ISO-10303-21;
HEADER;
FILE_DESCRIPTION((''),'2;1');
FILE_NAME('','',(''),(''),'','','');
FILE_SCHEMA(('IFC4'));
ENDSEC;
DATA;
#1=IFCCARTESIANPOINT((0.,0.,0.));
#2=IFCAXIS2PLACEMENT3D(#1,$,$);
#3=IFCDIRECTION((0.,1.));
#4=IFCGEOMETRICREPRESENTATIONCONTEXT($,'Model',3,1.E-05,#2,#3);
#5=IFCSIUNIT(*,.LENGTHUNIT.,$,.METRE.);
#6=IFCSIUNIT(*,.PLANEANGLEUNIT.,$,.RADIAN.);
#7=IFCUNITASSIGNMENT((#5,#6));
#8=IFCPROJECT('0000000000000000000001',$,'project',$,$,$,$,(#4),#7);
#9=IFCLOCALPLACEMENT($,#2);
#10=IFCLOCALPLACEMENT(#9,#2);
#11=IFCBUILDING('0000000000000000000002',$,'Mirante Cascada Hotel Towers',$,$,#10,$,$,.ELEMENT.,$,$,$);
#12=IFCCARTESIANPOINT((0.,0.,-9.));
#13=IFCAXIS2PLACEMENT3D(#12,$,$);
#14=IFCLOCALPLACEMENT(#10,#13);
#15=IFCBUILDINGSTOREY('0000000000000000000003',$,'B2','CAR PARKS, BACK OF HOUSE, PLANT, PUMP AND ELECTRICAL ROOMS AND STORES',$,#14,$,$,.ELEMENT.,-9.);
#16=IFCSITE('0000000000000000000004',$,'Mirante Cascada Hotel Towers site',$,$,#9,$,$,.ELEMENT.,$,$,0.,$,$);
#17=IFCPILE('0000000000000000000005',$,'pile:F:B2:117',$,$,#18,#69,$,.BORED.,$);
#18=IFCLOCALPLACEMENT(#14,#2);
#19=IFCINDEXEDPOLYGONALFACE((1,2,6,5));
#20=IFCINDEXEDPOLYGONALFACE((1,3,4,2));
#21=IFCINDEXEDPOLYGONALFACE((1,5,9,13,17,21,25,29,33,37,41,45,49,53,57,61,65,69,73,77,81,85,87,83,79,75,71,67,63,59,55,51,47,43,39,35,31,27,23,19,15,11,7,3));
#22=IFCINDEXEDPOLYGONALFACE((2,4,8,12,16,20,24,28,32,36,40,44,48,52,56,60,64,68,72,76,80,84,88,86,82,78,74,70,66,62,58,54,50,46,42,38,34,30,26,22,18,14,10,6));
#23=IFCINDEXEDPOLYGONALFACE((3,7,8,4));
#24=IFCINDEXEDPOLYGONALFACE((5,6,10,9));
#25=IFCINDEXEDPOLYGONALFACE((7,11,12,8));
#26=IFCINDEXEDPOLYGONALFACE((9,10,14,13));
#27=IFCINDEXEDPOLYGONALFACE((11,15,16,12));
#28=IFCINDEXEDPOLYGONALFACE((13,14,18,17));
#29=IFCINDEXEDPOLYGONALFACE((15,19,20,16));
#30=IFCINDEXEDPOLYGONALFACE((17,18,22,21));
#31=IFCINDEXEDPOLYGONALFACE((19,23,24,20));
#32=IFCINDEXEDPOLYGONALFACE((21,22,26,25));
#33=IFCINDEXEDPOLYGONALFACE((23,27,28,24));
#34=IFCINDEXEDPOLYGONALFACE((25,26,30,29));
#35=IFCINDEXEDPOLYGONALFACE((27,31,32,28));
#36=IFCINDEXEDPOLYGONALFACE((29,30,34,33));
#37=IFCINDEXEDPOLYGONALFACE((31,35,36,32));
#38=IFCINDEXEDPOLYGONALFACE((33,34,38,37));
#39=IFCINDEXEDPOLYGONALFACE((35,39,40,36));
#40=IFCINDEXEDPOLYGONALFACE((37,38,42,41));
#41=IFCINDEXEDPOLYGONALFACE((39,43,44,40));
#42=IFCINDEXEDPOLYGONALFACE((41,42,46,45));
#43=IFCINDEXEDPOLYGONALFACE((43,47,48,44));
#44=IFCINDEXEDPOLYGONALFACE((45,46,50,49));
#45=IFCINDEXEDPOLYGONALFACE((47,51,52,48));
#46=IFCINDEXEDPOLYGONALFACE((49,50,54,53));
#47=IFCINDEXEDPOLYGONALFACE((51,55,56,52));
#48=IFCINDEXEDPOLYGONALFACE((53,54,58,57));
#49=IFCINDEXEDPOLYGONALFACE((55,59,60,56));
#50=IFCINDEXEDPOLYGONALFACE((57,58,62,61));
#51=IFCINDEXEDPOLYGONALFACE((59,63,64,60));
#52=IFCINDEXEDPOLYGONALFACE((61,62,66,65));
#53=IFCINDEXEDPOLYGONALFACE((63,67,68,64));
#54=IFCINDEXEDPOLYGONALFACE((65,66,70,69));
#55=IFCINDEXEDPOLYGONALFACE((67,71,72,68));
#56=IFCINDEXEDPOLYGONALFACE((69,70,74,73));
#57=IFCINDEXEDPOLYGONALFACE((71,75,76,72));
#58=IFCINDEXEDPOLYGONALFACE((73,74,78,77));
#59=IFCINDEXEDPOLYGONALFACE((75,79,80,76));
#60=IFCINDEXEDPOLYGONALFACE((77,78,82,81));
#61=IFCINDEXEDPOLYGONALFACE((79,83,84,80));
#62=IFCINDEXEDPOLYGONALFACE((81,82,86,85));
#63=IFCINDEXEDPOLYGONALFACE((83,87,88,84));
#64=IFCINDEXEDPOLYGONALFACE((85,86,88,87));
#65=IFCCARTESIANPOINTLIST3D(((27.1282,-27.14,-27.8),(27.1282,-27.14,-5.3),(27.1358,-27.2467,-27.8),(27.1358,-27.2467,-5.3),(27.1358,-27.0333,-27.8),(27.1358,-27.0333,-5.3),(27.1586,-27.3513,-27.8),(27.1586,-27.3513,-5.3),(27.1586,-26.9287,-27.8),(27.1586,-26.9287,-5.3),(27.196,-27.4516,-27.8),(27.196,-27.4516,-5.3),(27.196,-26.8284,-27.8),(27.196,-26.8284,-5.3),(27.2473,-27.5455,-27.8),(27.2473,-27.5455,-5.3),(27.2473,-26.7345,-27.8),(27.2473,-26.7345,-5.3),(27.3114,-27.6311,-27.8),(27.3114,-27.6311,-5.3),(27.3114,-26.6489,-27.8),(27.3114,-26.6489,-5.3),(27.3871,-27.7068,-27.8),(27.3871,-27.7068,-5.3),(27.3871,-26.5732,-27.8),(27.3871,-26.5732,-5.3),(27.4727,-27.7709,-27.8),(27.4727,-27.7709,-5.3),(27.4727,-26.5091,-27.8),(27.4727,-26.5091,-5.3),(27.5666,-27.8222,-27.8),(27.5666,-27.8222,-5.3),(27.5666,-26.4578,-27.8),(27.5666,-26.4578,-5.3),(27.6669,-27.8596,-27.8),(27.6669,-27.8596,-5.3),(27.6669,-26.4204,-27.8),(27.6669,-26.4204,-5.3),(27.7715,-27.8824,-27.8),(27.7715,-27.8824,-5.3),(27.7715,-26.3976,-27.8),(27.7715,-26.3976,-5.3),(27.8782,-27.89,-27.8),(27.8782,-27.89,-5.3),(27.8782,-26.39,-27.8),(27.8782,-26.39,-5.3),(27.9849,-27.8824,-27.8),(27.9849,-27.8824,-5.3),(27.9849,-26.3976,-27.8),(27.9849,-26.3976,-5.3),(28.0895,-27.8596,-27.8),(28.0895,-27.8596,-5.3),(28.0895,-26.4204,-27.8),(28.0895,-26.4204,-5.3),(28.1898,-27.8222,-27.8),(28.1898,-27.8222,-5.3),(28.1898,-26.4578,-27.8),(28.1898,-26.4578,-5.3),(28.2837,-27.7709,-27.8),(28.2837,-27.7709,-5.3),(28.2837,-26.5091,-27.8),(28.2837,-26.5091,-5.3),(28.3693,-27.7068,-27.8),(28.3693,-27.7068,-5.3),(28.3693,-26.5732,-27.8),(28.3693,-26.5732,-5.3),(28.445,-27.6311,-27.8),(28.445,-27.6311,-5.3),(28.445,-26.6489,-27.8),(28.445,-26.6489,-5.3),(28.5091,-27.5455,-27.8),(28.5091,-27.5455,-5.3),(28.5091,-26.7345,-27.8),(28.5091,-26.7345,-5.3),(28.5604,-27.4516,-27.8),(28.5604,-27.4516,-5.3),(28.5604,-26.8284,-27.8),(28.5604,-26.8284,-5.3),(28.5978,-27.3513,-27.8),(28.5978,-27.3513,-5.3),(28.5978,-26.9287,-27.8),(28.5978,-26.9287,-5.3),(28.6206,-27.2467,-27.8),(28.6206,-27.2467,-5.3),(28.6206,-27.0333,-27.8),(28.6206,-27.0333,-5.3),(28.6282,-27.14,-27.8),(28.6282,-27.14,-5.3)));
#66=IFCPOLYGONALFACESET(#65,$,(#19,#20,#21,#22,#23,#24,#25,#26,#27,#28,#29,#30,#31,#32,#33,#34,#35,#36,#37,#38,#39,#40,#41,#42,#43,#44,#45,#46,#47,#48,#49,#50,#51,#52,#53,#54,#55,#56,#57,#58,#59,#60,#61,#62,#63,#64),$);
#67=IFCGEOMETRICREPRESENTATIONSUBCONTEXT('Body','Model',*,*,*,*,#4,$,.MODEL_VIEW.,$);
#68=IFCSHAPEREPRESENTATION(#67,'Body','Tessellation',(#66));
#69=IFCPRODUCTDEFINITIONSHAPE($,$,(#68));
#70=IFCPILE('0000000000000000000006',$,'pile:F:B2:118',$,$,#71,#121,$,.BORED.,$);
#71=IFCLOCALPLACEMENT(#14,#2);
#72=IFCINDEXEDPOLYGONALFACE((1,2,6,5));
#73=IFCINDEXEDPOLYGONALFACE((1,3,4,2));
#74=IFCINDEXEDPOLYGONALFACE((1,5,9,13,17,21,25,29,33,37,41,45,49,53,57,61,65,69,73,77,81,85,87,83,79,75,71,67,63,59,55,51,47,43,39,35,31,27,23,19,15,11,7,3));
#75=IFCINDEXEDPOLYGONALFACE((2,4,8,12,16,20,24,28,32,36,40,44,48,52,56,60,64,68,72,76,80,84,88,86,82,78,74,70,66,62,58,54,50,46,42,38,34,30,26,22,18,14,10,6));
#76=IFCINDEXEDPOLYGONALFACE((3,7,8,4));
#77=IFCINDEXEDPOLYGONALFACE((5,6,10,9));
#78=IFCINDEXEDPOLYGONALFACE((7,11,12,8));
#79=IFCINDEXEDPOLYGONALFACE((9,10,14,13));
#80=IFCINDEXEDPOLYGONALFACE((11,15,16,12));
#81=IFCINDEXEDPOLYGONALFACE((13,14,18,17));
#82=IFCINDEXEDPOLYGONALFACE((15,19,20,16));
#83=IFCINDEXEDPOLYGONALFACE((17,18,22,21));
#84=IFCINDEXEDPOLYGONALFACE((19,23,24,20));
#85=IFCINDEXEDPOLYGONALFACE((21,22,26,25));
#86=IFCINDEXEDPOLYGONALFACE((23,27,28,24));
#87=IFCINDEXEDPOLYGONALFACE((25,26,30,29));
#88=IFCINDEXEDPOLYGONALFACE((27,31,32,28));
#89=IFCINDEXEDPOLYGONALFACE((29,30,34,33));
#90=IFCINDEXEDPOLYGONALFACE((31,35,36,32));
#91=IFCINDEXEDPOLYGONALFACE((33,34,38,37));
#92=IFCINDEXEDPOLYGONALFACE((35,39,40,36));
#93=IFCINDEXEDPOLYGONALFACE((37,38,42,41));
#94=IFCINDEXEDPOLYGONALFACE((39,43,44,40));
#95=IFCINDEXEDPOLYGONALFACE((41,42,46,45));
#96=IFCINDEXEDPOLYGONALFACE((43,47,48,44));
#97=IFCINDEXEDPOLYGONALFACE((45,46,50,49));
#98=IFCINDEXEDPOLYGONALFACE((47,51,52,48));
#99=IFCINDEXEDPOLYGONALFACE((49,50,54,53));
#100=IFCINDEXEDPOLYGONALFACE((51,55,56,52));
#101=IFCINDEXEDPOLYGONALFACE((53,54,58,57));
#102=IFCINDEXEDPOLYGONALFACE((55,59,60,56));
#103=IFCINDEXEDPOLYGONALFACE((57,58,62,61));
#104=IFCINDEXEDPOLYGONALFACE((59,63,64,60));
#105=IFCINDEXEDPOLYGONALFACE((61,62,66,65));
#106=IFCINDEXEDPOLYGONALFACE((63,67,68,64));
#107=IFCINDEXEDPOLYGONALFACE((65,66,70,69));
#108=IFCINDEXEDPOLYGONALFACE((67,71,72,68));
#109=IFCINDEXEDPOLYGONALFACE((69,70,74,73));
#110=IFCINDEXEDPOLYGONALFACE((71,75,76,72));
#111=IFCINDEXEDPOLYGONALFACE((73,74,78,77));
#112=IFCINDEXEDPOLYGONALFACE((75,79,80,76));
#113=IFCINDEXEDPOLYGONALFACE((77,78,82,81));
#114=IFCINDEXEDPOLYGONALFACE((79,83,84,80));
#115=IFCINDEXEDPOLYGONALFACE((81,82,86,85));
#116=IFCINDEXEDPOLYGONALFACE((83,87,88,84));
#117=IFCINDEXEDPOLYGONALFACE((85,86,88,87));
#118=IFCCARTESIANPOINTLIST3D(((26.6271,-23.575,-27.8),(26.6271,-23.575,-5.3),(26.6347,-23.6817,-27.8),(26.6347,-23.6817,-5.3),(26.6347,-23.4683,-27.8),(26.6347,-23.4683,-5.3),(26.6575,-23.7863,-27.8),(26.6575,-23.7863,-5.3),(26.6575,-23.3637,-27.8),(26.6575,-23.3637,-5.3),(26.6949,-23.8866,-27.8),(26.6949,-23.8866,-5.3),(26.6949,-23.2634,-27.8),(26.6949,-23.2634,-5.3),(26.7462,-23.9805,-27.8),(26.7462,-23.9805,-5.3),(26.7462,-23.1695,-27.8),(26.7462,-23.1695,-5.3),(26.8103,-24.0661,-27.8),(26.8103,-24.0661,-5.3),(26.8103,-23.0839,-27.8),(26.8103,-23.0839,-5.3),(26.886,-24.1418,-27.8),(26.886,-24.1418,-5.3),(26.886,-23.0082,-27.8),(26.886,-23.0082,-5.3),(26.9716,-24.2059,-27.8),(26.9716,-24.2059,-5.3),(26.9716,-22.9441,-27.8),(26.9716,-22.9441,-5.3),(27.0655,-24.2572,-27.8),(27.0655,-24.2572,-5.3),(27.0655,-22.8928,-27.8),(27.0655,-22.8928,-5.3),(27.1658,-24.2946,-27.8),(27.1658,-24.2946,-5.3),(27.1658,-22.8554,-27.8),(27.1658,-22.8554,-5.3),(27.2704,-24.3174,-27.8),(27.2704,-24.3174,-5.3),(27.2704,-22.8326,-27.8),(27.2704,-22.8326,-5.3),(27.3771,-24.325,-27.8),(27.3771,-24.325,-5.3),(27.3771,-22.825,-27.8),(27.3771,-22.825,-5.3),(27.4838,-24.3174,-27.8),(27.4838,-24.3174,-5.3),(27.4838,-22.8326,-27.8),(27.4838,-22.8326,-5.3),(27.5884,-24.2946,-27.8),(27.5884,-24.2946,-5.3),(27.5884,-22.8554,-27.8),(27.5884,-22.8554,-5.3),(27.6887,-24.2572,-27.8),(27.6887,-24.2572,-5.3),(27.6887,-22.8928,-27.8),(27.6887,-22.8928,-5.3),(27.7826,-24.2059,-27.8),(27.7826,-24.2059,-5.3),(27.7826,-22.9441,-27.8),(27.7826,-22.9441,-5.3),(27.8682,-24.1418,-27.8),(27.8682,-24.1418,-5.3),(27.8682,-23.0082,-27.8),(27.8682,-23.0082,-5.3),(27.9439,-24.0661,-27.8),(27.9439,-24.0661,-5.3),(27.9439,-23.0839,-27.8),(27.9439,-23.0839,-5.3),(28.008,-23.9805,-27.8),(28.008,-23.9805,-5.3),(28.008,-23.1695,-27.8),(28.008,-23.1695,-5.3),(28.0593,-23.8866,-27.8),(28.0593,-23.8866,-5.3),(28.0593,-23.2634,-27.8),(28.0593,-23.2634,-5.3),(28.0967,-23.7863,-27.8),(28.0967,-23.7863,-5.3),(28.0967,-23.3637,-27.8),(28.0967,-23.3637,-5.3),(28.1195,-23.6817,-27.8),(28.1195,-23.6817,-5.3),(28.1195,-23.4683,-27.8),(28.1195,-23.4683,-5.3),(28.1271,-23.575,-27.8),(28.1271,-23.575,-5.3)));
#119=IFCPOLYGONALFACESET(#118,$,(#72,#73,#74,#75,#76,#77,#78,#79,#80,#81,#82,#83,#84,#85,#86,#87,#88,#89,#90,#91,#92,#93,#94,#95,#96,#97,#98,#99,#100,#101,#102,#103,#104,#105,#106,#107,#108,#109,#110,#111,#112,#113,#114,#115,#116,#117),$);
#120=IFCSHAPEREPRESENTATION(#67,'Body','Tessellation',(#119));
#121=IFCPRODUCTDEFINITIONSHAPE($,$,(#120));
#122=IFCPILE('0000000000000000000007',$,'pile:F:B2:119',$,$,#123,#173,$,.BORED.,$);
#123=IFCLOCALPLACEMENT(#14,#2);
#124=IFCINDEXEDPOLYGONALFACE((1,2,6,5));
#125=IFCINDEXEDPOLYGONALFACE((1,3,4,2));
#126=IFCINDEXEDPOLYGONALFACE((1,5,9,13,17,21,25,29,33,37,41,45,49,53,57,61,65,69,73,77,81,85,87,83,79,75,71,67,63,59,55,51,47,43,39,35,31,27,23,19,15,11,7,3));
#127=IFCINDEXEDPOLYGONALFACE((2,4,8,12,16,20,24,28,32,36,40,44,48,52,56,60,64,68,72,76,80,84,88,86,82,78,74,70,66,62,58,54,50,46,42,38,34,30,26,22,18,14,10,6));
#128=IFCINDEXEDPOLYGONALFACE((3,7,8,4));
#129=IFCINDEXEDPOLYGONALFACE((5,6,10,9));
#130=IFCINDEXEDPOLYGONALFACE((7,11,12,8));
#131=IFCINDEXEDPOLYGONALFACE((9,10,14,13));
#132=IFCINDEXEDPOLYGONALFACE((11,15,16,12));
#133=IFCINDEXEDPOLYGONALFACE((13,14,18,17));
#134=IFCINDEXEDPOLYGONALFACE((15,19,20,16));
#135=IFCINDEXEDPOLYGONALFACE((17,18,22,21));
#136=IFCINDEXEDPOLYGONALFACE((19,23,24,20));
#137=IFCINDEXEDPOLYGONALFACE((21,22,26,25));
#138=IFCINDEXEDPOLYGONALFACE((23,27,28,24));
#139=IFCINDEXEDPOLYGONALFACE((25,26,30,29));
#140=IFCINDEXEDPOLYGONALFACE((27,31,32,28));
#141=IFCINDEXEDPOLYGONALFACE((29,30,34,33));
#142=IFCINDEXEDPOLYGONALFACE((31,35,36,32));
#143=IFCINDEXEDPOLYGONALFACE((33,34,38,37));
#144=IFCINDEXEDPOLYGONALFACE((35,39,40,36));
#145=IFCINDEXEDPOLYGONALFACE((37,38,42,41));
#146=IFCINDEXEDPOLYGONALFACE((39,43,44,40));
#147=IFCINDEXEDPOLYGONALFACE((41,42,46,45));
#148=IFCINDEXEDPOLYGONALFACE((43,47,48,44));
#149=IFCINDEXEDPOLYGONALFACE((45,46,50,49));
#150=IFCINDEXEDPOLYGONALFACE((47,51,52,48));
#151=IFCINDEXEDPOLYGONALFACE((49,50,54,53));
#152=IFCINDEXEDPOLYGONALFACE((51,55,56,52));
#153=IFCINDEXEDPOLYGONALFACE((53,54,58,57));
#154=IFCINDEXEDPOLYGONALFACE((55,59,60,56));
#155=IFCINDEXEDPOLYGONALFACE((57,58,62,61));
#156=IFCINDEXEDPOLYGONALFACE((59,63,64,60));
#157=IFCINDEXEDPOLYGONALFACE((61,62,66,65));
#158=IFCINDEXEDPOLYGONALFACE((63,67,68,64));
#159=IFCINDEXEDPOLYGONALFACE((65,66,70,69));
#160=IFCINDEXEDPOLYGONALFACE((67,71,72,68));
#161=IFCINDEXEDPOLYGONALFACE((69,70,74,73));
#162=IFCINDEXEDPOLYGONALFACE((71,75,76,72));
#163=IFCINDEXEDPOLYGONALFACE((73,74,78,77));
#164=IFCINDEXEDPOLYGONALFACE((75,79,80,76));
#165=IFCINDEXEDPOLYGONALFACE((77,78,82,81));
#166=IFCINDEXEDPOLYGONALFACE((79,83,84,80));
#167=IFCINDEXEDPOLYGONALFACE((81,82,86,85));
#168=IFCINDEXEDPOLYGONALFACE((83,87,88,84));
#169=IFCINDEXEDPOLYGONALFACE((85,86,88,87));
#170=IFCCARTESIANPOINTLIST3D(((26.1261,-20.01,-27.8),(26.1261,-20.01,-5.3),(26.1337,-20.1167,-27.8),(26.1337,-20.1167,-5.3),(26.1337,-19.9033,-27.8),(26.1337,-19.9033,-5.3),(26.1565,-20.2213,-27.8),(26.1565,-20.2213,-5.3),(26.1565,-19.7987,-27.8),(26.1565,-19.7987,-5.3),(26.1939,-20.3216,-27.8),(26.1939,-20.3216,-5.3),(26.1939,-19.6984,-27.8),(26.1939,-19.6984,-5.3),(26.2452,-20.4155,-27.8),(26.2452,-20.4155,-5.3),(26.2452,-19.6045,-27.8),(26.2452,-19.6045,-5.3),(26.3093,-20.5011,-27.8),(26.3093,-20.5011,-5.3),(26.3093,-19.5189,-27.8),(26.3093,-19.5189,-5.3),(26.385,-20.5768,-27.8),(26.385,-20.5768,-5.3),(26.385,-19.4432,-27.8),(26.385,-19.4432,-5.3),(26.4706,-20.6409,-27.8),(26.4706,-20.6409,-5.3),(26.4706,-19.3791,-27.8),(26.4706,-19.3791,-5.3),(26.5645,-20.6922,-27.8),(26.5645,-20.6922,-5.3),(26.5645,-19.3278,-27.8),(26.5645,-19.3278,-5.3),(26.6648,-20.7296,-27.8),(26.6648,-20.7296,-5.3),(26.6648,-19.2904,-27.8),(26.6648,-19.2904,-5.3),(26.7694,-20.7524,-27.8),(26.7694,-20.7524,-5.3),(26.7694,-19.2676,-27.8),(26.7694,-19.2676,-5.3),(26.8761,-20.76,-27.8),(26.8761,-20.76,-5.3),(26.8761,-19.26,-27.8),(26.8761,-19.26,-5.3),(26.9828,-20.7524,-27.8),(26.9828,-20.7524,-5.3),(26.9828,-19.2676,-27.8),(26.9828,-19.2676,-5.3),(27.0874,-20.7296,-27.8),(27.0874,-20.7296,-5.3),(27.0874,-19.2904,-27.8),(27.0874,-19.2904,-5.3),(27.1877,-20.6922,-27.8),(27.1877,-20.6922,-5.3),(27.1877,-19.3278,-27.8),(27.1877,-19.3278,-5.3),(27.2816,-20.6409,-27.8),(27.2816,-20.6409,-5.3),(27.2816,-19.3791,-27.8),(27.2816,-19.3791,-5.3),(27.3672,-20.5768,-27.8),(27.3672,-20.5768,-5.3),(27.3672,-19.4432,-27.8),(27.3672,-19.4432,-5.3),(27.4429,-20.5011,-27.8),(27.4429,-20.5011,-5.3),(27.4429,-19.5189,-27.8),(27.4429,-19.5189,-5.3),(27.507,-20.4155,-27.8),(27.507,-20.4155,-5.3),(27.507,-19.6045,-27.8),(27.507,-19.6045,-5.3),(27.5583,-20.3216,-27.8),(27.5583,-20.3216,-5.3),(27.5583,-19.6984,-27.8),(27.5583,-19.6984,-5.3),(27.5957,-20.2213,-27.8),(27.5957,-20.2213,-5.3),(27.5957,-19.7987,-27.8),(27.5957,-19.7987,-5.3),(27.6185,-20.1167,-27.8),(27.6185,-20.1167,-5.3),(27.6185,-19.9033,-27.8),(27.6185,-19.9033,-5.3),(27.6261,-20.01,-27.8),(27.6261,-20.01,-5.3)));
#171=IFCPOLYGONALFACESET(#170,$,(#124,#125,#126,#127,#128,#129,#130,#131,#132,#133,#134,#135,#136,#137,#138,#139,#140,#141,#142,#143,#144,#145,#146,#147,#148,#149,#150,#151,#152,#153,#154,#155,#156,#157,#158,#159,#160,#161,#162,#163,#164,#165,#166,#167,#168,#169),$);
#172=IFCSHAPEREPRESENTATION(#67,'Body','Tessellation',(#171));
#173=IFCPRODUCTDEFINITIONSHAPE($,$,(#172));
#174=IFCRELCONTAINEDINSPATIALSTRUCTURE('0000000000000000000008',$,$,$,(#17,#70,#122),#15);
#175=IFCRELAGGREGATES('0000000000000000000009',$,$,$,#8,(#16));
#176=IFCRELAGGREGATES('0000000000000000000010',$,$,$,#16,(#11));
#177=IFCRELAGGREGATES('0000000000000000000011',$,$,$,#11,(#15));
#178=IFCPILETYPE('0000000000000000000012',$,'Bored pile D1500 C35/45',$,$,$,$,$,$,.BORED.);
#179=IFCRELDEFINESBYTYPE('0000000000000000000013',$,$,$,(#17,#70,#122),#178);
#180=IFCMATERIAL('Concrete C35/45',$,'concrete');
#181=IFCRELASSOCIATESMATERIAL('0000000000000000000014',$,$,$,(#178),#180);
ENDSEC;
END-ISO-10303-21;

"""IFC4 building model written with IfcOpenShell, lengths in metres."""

from ifc_helpers import new_model, si_unit, direction, frame, origin, origin_2d, place, context, subcontext, project, spatial, circle, extrude, material, material_profile, profile_set, type_object, element, save


model = new_model("IFC4")

# Units and contexts
model_context = context("Model", 3, precision=1e-05, world=origin(), true_north=direction((0.0, 1.0)))
body_context = subcontext(model_context, "Body", "Model", "MODEL_VIEW")
ifc_project = project(units=[si_unit("LENGTHUNIT", "METRE"), si_unit("PLANEANGLEUNIT", "RADIAN")], contexts=[model_context])

# Site, building, storey
site_placement = place(None, origin())
site = spatial("IfcSite", under=ifc_project, at=site_placement, Name="Mirante Cascada Hotel Towers site", CompositionType="ELEMENT", RefElevation=0.0)
building_placement = place(site_placement, origin())
building = spatial("IfcBuilding", under=site, at=building_placement, Name="Mirante Cascada Hotel Towers", CompositionType="ELEMENT")
storey_placement = place(building_placement, frame((0.0, 0.0, -9.0)))
storey = spatial("IfcBuildingStorey", under=building, at=storey_placement, Name="B2", Description="CAR PARKS, BACK OF HOUSE, PLANT, PUMP AND ELECTRICAL ROOMS AND STORES", CompositionType="ELEMENT", Elevation=-9.0)

# Piles
ifc_material_1 = material(Name="Concrete C35/45", Category="concrete")
ifc_material_profile_1 = material_profile(ifc_material_1, circle(Radius=0.75, at=origin_2d()), Name="RC D1500")
ifc_profile_set_1 = profile_set([ifc_material_profile_1], Name="Concrete C35/45")
pile_type = type_object("IfcPileType", Name="Bored pile D1500 C35/45", PredefinedType="BORED", material=ifc_profile_set_1)
for number, where, z_axis, x_axis, name in (
    (1, (27.8782, -27.14, -5.3), (0.0, 0.0, -1.0), (1.0, 0.0, 0.0), "pile:F:B2:117"),
    (2, (27.3771, -23.575, -5.3), (0.0, 0.0, -1.0), (1.0, 0.0, 0.0), "pile:F:B2:118"),
    (3, (26.8761, -20.01, -5.3), (0.0, 0.0, -1.0), (1.0, 0.0, 0.0), "pile:F:B2:119"),
):
    element("IfcPile", number, at=place(storey_placement, frame(where, z_axis=z_axis, x_axis=x_axis)), inside=storey, type_object=pile_type, Name=name, PredefinedType="BORED", context=body_context, shape_type="SweptSolid", body=[
        extrude(circle(Radius=0.75, at=origin_2d()), origin(), (0.0, 0.0, 1.0), 22.5),
    ])

save(model, "model.ifc")
